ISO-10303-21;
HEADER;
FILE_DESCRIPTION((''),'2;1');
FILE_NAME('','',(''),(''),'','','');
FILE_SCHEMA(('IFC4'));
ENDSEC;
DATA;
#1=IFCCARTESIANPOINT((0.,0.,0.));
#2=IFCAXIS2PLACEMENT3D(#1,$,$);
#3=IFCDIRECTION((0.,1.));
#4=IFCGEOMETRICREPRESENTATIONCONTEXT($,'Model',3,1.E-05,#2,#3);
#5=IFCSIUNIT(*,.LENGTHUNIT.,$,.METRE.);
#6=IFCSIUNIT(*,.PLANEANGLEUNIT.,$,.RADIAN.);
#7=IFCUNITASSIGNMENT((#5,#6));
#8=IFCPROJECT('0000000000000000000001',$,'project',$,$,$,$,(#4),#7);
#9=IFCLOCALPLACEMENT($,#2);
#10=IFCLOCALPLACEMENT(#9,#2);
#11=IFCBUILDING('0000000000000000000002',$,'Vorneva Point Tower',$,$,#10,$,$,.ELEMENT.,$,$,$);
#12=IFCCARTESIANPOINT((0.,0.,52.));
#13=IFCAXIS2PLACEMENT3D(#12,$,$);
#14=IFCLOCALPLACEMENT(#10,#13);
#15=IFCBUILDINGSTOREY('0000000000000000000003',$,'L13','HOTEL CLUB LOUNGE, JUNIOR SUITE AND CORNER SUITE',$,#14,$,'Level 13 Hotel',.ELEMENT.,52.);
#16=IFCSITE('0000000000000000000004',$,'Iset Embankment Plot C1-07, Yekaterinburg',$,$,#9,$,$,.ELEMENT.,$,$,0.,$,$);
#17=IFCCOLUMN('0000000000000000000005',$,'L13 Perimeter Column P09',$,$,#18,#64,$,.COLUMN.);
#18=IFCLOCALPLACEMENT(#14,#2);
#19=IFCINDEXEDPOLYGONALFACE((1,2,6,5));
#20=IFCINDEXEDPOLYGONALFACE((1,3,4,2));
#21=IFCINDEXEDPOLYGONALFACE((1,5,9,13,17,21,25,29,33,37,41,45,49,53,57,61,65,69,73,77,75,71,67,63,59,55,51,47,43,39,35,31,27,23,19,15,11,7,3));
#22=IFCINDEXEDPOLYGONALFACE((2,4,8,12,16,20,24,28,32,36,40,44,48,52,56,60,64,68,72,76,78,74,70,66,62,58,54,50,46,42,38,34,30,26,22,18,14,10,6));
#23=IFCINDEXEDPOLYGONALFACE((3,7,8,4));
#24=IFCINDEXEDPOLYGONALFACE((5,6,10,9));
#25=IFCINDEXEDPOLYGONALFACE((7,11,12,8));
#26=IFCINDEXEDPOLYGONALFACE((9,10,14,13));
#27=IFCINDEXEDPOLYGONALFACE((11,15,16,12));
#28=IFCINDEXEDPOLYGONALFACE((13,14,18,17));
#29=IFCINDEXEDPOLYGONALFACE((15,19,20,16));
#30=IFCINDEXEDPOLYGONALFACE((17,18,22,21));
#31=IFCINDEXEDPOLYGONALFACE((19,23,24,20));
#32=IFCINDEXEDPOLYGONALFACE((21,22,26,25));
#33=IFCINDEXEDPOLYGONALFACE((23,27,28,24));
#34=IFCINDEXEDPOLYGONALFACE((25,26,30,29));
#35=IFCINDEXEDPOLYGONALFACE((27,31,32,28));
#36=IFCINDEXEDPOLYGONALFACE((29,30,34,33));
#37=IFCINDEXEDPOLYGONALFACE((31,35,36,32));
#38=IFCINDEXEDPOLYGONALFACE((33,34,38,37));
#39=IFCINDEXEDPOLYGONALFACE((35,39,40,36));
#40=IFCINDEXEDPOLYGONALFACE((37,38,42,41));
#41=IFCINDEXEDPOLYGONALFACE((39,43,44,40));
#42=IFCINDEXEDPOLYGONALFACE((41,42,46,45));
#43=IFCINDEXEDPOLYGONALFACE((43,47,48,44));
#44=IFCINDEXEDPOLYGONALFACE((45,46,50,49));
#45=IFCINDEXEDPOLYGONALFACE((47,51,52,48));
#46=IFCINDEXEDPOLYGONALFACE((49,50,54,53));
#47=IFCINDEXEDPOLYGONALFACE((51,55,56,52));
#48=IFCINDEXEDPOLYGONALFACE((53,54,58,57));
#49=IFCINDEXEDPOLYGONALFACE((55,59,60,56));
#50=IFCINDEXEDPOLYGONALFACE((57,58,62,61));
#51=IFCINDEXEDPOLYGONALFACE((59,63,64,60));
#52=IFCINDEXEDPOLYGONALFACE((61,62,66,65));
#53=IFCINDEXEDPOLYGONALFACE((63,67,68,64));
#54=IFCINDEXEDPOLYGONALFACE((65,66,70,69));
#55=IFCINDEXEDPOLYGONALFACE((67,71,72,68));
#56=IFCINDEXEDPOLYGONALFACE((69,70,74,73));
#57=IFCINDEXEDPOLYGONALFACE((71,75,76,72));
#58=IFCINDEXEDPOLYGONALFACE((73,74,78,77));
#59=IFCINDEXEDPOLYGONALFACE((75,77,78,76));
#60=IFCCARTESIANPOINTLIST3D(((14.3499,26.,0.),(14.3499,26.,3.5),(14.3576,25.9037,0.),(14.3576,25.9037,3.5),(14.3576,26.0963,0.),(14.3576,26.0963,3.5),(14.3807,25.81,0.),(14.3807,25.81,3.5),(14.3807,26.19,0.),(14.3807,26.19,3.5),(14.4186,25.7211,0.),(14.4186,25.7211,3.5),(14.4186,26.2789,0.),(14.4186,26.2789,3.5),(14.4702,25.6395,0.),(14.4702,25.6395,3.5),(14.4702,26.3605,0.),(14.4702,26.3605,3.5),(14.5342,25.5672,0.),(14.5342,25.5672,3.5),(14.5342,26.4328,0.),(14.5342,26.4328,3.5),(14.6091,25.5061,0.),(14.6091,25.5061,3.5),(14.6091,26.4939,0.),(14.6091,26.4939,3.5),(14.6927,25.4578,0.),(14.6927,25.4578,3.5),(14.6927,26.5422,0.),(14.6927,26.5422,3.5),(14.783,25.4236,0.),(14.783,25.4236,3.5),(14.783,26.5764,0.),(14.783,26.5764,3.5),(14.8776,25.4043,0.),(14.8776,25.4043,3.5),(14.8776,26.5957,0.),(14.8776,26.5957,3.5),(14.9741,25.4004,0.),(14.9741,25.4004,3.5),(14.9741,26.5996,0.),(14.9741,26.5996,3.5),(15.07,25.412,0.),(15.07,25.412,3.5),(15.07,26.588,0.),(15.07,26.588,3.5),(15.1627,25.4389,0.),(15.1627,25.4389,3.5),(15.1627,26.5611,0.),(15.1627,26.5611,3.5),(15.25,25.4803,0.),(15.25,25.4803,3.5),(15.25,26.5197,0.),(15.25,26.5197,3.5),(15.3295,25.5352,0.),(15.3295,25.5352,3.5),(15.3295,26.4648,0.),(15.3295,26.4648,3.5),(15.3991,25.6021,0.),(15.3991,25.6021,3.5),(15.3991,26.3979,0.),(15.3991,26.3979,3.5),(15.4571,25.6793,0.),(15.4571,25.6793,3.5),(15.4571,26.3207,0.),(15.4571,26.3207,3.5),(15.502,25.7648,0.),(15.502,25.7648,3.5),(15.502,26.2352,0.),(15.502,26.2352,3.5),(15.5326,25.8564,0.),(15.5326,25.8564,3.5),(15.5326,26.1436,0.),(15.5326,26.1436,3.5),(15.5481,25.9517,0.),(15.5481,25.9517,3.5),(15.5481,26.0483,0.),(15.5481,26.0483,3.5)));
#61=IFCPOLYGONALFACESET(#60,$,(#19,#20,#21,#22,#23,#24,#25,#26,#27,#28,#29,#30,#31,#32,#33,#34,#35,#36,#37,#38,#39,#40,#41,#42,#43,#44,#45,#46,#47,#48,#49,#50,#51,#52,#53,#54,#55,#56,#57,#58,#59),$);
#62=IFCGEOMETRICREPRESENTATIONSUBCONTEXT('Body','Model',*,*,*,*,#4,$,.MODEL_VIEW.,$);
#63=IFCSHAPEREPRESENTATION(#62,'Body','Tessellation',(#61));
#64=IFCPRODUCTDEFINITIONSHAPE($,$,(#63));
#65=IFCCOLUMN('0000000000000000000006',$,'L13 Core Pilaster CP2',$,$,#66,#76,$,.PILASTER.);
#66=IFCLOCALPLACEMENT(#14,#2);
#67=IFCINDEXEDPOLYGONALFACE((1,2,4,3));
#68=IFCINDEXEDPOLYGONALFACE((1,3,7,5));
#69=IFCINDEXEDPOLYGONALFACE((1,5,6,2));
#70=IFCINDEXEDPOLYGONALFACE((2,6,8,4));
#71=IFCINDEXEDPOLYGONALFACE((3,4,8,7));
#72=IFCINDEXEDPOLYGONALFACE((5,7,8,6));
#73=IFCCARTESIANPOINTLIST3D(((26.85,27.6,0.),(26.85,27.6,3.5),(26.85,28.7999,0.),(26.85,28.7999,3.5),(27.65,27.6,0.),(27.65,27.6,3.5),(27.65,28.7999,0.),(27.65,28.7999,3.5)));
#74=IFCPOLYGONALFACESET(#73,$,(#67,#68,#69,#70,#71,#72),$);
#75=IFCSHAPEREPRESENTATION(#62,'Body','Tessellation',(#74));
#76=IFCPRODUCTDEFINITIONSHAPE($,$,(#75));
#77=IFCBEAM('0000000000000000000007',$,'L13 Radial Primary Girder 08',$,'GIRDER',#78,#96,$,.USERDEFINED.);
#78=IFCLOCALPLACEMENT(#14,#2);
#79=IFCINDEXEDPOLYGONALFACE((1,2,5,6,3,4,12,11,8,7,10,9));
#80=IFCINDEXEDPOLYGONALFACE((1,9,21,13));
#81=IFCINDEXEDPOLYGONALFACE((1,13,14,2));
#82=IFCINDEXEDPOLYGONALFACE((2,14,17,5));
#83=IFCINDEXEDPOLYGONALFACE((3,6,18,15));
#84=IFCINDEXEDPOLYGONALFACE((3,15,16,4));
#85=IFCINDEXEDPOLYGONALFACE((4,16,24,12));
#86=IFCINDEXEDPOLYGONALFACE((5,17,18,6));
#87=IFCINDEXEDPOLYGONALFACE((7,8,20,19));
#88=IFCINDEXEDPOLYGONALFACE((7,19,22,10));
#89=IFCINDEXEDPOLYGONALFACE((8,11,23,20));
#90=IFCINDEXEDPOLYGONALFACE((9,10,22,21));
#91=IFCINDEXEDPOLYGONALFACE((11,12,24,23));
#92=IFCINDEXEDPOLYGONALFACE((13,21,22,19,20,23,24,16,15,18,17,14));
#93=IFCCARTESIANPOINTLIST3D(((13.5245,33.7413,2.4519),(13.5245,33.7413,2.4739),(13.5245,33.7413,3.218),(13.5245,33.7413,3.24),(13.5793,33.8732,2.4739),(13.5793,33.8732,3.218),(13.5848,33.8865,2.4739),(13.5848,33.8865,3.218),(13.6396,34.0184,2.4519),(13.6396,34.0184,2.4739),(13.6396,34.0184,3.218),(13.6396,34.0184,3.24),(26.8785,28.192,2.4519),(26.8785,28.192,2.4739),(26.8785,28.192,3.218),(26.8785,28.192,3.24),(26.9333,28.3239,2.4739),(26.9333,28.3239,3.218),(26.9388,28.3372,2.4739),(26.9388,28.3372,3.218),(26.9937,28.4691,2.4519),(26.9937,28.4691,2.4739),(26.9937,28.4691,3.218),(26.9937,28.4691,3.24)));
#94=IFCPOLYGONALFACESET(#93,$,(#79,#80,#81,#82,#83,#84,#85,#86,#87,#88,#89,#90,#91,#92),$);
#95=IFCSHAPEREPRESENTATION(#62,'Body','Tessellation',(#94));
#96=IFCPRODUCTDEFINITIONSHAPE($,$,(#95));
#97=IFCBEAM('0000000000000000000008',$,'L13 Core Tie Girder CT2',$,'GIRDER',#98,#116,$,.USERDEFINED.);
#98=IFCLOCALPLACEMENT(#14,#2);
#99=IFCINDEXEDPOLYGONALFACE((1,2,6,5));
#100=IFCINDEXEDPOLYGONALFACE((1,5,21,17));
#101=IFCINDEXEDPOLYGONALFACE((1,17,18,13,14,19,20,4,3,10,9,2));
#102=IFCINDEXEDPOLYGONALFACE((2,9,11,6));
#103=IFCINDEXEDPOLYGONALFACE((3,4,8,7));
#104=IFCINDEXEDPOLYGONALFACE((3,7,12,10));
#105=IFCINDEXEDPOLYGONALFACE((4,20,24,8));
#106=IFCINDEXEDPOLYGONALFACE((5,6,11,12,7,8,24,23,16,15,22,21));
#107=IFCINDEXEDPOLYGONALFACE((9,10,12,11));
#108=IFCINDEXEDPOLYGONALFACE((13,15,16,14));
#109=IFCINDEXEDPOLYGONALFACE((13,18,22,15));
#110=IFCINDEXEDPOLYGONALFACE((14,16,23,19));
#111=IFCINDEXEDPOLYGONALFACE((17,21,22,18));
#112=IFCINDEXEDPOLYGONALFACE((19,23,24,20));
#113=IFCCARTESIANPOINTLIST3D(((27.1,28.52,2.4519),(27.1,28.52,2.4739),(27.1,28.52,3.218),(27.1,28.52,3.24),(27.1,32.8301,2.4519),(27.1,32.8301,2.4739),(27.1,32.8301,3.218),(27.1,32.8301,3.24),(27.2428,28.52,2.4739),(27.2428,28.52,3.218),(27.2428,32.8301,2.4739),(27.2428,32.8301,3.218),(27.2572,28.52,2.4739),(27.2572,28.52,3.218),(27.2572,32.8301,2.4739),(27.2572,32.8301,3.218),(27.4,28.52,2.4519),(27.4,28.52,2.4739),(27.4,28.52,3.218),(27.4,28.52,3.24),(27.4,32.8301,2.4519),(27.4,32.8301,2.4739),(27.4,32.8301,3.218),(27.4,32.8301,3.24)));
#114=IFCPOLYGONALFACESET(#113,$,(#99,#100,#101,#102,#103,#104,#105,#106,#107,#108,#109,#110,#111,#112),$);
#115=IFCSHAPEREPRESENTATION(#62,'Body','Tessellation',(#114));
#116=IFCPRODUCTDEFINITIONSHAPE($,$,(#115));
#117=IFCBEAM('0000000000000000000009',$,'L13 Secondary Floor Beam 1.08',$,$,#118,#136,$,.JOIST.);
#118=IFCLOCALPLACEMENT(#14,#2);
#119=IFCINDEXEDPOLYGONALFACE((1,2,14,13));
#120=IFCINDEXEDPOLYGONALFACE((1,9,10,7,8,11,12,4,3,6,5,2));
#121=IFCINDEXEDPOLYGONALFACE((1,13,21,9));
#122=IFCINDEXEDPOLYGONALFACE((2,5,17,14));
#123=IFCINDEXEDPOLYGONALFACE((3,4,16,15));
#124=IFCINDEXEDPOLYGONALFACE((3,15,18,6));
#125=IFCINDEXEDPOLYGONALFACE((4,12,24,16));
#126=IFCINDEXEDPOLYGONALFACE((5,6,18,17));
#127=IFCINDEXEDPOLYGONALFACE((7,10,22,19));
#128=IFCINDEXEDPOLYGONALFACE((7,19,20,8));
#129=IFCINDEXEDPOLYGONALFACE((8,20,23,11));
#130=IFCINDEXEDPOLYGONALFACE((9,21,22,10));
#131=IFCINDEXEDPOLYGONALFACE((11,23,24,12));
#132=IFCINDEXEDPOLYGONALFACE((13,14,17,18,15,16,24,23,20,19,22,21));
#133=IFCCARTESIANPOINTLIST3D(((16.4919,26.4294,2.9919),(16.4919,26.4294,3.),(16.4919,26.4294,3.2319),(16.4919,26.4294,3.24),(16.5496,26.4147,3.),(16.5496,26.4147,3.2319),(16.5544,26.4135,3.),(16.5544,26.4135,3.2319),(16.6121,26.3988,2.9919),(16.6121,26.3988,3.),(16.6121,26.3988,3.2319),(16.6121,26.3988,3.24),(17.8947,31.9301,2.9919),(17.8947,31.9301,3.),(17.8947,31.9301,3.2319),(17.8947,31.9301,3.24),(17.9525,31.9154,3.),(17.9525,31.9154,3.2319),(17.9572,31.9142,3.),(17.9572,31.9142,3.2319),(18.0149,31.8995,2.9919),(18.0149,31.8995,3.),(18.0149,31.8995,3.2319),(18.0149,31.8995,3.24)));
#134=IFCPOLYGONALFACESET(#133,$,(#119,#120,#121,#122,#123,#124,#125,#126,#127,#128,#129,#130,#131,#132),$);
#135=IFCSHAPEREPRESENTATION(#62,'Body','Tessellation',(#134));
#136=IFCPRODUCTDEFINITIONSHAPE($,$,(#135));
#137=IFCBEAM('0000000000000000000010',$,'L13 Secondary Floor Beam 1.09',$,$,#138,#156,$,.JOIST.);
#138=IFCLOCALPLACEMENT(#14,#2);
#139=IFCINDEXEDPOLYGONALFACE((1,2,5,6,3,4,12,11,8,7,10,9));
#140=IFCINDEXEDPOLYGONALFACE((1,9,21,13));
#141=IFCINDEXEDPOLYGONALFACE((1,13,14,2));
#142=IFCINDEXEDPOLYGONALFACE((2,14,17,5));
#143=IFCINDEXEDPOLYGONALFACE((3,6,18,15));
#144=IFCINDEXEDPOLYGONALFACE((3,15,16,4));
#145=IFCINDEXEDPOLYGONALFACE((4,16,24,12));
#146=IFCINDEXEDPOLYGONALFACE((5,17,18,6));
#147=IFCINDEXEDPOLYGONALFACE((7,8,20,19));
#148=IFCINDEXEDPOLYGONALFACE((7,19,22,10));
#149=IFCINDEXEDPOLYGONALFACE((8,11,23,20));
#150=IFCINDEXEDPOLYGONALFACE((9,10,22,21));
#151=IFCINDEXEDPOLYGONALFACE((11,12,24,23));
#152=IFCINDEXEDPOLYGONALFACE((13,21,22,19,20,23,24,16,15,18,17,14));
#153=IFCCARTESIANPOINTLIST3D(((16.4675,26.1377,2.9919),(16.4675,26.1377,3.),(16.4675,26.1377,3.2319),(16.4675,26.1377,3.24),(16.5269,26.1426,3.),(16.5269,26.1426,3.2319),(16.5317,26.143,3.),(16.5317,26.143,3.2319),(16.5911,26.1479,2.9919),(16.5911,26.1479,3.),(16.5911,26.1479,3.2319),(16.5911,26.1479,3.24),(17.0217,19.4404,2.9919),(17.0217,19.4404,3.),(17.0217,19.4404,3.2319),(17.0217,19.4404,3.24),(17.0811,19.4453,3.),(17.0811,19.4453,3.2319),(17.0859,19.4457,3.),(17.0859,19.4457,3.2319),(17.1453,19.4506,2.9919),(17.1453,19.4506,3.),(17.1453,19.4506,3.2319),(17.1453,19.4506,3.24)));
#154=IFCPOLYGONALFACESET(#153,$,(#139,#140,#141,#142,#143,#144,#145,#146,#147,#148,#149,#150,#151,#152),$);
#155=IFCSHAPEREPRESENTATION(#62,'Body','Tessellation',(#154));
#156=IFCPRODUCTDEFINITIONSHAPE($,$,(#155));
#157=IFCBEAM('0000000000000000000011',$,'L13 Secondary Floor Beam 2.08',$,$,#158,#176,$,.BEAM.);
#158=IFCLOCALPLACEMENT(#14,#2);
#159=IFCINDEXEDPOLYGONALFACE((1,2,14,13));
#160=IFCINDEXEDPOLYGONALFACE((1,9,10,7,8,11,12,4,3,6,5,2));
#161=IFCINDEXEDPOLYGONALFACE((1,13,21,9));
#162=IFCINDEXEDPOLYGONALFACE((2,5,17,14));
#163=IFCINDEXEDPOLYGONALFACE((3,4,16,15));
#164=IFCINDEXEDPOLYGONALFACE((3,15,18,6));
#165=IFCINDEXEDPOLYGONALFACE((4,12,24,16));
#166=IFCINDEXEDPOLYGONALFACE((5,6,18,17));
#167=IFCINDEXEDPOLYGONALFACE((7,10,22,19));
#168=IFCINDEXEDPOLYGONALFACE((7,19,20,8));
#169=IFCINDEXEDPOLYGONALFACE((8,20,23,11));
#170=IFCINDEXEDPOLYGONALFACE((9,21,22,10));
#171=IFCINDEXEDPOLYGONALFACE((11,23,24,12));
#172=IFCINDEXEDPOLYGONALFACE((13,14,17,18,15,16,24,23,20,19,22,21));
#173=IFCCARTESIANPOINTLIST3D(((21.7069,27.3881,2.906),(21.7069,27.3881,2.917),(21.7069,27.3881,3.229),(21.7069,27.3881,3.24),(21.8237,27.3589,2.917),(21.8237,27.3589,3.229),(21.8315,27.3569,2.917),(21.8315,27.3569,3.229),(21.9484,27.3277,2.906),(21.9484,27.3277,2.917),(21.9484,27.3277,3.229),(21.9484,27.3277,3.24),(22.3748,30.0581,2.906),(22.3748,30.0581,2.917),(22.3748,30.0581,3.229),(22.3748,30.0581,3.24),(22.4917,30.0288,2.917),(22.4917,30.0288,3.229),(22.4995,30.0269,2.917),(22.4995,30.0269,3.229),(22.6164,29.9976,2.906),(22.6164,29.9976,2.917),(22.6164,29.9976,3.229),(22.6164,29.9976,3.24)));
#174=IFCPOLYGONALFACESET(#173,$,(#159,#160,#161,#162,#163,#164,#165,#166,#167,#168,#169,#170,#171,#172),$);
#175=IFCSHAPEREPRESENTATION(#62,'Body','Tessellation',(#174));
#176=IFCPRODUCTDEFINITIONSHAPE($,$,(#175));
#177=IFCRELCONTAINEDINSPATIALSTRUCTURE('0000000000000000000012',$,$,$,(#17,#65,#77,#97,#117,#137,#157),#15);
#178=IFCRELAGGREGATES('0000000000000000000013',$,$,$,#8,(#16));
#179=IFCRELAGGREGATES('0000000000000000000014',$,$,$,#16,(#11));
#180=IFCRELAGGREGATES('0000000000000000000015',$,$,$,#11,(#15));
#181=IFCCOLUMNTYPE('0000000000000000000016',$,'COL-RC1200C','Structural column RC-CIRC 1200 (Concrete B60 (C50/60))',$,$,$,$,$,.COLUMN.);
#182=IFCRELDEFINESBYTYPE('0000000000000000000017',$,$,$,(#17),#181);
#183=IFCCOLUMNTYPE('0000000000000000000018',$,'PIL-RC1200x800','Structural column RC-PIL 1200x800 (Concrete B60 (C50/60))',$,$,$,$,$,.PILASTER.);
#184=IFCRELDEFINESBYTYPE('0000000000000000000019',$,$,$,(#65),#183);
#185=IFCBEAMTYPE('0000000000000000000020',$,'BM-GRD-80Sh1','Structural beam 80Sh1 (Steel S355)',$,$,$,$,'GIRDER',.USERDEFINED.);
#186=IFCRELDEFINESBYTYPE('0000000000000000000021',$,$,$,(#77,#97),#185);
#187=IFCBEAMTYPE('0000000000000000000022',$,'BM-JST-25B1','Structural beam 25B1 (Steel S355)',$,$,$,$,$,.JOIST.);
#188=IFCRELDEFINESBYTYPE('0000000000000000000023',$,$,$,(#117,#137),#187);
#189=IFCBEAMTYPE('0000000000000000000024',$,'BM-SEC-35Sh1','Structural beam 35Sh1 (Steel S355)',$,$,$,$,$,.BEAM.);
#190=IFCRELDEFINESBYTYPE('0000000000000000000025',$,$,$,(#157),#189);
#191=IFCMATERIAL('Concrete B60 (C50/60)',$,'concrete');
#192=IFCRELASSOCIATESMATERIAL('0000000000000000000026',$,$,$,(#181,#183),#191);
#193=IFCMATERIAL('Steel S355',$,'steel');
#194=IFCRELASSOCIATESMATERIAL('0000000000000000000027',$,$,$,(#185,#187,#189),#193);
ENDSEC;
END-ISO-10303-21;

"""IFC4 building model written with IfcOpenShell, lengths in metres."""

from ifc_helpers import new_model, si_unit, direction, frame, origin, origin_2d, place, context, subcontext, project, spatial, rectangle, circle, i_section, extrude, material, material_profile, profile_set, type_object, element, save


model = new_model("IFC4")

# Units and contexts
model_context = context("Model", 3, precision=1e-05, world=origin(), true_north=direction((0.0, 1.0)))
body_context = subcontext(model_context, "Body", "Model", "MODEL_VIEW")
ifc_project = project(units=[si_unit("LENGTHUNIT", "METRE"), si_unit("PLANEANGLEUNIT", "RADIAN")], contexts=[model_context])

# Site, building, storey
site_placement = place(None, origin())
site = spatial("IfcSite", under=ifc_project, at=site_placement, Name="Iset Embankment Plot C1-07, Yekaterinburg", CompositionType="ELEMENT", RefElevation=0.0)
building_placement = place(site_placement, origin())
building = spatial("IfcBuilding", under=site, at=building_placement, Name="Vorneva Point Tower", CompositionType="ELEMENT")
storey_placement = place(building_placement, frame((0.0, 0.0, 52.0)))
storey = spatial("IfcBuildingStorey", under=building, at=storey_placement, Name="L13", Description="HOTEL CLUB LOUNGE, JUNIOR SUITE AND CORNER SUITE", LongName="Level 13 Hotel", CompositionType="ELEMENT", Elevation=52.0)

# Columns
ifc_material_1 = material(Name="Concrete B60 (C50/60)", Category="concrete")
ifc_material_profile_1 = material_profile(ifc_material_1, circle(Radius=0.6001, at=origin_2d()), Name="RC-CIRC 1200")
ifc_profile_set_1 = profile_set([ifc_material_profile_1], Name="Concrete B60 (C50/60)")
column_type_1 = type_object("IfcColumnType", Name="COL-RC1200C", Description="Structural column RC-CIRC 1200 (Concrete B60 (C50/60))", PredefinedType="COLUMN", material=ifc_profile_set_1)
for number, where, z_axis, x_axis, name in (
    (1, (14.95, 26.0, 0.0), (0.0, 0.0, 1.0), (-1.0, 0.0, 0.0), "L13 Perimeter Column P09"),
):
    element("IfcColumn", number, at=place(storey_placement, frame(where, z_axis=z_axis, x_axis=x_axis)), inside=storey, type_object=column_type_1, Name=name, PredefinedType="COLUMN", context=body_context, shape_type="SweptSolid", body=[
        extrude(circle(Radius=0.6001, at=origin_2d()), origin(), (0.0, 0.0, 1.0), 3.5),
    ])
ifc_material_profile_2 = material_profile(ifc_material_1, rectangle(XDim=0.8, YDim=1.2, at=origin_2d()), Name="RC-PIL 1200x800")
ifc_profile_set_2 = profile_set([ifc_material_profile_2], Name="Concrete B60 (C50/60)")
column_type_2 = type_object("IfcColumnType", Name="PIL-RC1200x800", Description="Structural column RC-PIL 1200x800 (Concrete B60 (C50/60))", PredefinedType="PILASTER", material=ifc_profile_set_2)
column_placement = place(storey_placement, frame((27.25, 28.2, 0.0), z_axis=(0.0, 0.0, 1.0), x_axis=(1.0, 0.0, 0.0)))
element("IfcColumn", 2, at=column_placement, inside=storey, type_object=column_type_2, Name="L13 Core Pilaster CP2", PredefinedType="PILASTER", context=body_context, shape_type="SweptSolid", body=[
    extrude(rectangle(XDim=0.8, YDim=1.2, at=origin_2d()), origin(), (0.0, 0.0, 1.0), 3.5),
])

# Beams
ifc_material_2 = material(Name="Steel S355", Category="steel")
ifc_material_profile_3 = material_profile(ifc_material_2, i_section(OverallWidth=0.3, OverallDepth=0.7881, WebThickness=0.0144, FlangeThickness=0.022, at=origin_2d()), Name="80Sh1")
ifc_profile_set_3 = profile_set([ifc_material_profile_3], Name="Steel S355")
beam_type_1 = type_object("IfcBeamType", Name="BM-GRD-80Sh1", Description="Structural beam 80Sh1 (Steel S355)", ElementType="GIRDER", PredefinedType="USERDEFINED", material=ifc_profile_set_3)
beam_1_placement = place(storey_placement, frame((13.582, 33.8799, 2.8459), z_axis=(0.923441, -0.38374, 0.0), x_axis=(0.38374, 0.923441, 0.0)))
element("IfcBeam", 3, at=beam_1_placement, inside=storey, type_object=beam_type_1, Name="L13 Radial Primary Girder 08", ObjectType="GIRDER", PredefinedType="USERDEFINED", context=body_context, shape_type="SweptSolid", body=[
    extrude(i_section(OverallWidth=0.3, OverallDepth=0.7881, WebThickness=0.0144, FlangeThickness=0.022, at=origin_2d()), origin(), (0.0, 0.0, 1.0), 14.4612),
])
beam_2_placement = place(storey_placement, frame((27.25, 28.52, 2.8459), z_axis=(0.0, 1.0, 0.0), x_axis=(-1.0, 0.0, 0.0)))
element("IfcBeam", 4, at=beam_2_placement, inside=storey, type_object=beam_type_1, Name="L13 Core Tie Girder CT2", ObjectType="GIRDER", PredefinedType="USERDEFINED", context=body_context, shape_type="SweptSolid", body=[
    extrude(i_section(OverallWidth=0.3, OverallDepth=0.7881, WebThickness=0.0144, FlangeThickness=0.022, at=origin_2d()), origin(), (0.0, 0.0, 1.0), 4.3101),
])
ifc_material_profile_4 = material_profile(ifc_material_2, i_section(OverallWidth=0.124, OverallDepth=0.248, WebThickness=0.0049, FlangeThickness=0.0081, at=origin_2d()), Name="25B1")
ifc_profile_set_4 = profile_set([ifc_material_profile_4], Name="Steel S355")
beam_type_2 = type_object("IfcBeamType", Name="BM-JST-25B1", Description="Structural beam 25B1 (Steel S355)", PredefinedType="JOIST", material=ifc_profile_set_4)
beam_3_placement = place(storey_placement, frame((17.9548, 31.9148, 3.116), z_axis=(-0.247117, -0.968986, 0.0), x_axis=(0.968986, -0.247117, 0.0)))
element("IfcBeam", 5, at=beam_3_placement, inside=storey, type_object=beam_type_2, Name="L13 Secondary Floor Beam 1.08", PredefinedType="JOIST", context=body_context, shape_type="SweptSolid", body=[
    extrude(i_section(OverallWidth=0.124, OverallDepth=0.248, WebThickness=0.0049, FlangeThickness=0.0081, at=origin_2d()), origin(), (0.0, 0.0, 1.0), 5.6768),
])
beam_4_placement = place(storey_placement, frame((16.5293, 26.1428, 3.116), z_axis=(0.082468, -0.996594, 0.0), x_axis=(0.996594, 0.082468, 0.0)))
element("IfcBeam", 6, at=beam_4_placement, inside=storey, type_object=beam_type_2, Name="L13 Secondary Floor Beam 1.09", PredefinedType="JOIST", context=body_context, shape_type="SweptSolid", body=[
    extrude(i_section(OverallWidth=0.124, OverallDepth=0.248, WebThickness=0.0049, FlangeThickness=0.0081, at=origin_2d()), origin(), (0.0, 0.0, 1.0), 6.7202),
])
ifc_material_profile_5 = material_profile(ifc_material_2, i_section(OverallWidth=0.249, OverallDepth=0.334, WebThickness=0.0081, FlangeThickness=0.011, at=origin_2d()), Name="35Sh1")
ifc_profile_set_5 = profile_set([ifc_material_profile_5], Name="Steel S355")
beam_type_3 = type_object("IfcBeamType", Name="BM-SEC-35Sh1", Description="Structural beam 35Sh1 (Steel S355)", PredefinedType="BEAM", material=ifc_profile_set_5)
beam_5_placement = place(storey_placement, frame((22.4956, 30.0278, 3.073), z_axis=(-0.242703, -0.970101, 0.0), x_axis=(0.970101, -0.242703, 0.0)))
element("IfcBeam", 7, at=beam_5_placement, inside=storey, type_object=beam_type_3, Name="L13 Secondary Floor Beam 2.08", PredefinedType="BEAM", context=body_context, shape_type="SweptSolid", body=[
    extrude(i_section(OverallWidth=0.249, OverallDepth=0.334, WebThickness=0.0081, FlangeThickness=0.011, at=origin_2d()), origin(), (0.0, 0.0, 1.0), 2.7522),
])

save(model, "model.ifc")
